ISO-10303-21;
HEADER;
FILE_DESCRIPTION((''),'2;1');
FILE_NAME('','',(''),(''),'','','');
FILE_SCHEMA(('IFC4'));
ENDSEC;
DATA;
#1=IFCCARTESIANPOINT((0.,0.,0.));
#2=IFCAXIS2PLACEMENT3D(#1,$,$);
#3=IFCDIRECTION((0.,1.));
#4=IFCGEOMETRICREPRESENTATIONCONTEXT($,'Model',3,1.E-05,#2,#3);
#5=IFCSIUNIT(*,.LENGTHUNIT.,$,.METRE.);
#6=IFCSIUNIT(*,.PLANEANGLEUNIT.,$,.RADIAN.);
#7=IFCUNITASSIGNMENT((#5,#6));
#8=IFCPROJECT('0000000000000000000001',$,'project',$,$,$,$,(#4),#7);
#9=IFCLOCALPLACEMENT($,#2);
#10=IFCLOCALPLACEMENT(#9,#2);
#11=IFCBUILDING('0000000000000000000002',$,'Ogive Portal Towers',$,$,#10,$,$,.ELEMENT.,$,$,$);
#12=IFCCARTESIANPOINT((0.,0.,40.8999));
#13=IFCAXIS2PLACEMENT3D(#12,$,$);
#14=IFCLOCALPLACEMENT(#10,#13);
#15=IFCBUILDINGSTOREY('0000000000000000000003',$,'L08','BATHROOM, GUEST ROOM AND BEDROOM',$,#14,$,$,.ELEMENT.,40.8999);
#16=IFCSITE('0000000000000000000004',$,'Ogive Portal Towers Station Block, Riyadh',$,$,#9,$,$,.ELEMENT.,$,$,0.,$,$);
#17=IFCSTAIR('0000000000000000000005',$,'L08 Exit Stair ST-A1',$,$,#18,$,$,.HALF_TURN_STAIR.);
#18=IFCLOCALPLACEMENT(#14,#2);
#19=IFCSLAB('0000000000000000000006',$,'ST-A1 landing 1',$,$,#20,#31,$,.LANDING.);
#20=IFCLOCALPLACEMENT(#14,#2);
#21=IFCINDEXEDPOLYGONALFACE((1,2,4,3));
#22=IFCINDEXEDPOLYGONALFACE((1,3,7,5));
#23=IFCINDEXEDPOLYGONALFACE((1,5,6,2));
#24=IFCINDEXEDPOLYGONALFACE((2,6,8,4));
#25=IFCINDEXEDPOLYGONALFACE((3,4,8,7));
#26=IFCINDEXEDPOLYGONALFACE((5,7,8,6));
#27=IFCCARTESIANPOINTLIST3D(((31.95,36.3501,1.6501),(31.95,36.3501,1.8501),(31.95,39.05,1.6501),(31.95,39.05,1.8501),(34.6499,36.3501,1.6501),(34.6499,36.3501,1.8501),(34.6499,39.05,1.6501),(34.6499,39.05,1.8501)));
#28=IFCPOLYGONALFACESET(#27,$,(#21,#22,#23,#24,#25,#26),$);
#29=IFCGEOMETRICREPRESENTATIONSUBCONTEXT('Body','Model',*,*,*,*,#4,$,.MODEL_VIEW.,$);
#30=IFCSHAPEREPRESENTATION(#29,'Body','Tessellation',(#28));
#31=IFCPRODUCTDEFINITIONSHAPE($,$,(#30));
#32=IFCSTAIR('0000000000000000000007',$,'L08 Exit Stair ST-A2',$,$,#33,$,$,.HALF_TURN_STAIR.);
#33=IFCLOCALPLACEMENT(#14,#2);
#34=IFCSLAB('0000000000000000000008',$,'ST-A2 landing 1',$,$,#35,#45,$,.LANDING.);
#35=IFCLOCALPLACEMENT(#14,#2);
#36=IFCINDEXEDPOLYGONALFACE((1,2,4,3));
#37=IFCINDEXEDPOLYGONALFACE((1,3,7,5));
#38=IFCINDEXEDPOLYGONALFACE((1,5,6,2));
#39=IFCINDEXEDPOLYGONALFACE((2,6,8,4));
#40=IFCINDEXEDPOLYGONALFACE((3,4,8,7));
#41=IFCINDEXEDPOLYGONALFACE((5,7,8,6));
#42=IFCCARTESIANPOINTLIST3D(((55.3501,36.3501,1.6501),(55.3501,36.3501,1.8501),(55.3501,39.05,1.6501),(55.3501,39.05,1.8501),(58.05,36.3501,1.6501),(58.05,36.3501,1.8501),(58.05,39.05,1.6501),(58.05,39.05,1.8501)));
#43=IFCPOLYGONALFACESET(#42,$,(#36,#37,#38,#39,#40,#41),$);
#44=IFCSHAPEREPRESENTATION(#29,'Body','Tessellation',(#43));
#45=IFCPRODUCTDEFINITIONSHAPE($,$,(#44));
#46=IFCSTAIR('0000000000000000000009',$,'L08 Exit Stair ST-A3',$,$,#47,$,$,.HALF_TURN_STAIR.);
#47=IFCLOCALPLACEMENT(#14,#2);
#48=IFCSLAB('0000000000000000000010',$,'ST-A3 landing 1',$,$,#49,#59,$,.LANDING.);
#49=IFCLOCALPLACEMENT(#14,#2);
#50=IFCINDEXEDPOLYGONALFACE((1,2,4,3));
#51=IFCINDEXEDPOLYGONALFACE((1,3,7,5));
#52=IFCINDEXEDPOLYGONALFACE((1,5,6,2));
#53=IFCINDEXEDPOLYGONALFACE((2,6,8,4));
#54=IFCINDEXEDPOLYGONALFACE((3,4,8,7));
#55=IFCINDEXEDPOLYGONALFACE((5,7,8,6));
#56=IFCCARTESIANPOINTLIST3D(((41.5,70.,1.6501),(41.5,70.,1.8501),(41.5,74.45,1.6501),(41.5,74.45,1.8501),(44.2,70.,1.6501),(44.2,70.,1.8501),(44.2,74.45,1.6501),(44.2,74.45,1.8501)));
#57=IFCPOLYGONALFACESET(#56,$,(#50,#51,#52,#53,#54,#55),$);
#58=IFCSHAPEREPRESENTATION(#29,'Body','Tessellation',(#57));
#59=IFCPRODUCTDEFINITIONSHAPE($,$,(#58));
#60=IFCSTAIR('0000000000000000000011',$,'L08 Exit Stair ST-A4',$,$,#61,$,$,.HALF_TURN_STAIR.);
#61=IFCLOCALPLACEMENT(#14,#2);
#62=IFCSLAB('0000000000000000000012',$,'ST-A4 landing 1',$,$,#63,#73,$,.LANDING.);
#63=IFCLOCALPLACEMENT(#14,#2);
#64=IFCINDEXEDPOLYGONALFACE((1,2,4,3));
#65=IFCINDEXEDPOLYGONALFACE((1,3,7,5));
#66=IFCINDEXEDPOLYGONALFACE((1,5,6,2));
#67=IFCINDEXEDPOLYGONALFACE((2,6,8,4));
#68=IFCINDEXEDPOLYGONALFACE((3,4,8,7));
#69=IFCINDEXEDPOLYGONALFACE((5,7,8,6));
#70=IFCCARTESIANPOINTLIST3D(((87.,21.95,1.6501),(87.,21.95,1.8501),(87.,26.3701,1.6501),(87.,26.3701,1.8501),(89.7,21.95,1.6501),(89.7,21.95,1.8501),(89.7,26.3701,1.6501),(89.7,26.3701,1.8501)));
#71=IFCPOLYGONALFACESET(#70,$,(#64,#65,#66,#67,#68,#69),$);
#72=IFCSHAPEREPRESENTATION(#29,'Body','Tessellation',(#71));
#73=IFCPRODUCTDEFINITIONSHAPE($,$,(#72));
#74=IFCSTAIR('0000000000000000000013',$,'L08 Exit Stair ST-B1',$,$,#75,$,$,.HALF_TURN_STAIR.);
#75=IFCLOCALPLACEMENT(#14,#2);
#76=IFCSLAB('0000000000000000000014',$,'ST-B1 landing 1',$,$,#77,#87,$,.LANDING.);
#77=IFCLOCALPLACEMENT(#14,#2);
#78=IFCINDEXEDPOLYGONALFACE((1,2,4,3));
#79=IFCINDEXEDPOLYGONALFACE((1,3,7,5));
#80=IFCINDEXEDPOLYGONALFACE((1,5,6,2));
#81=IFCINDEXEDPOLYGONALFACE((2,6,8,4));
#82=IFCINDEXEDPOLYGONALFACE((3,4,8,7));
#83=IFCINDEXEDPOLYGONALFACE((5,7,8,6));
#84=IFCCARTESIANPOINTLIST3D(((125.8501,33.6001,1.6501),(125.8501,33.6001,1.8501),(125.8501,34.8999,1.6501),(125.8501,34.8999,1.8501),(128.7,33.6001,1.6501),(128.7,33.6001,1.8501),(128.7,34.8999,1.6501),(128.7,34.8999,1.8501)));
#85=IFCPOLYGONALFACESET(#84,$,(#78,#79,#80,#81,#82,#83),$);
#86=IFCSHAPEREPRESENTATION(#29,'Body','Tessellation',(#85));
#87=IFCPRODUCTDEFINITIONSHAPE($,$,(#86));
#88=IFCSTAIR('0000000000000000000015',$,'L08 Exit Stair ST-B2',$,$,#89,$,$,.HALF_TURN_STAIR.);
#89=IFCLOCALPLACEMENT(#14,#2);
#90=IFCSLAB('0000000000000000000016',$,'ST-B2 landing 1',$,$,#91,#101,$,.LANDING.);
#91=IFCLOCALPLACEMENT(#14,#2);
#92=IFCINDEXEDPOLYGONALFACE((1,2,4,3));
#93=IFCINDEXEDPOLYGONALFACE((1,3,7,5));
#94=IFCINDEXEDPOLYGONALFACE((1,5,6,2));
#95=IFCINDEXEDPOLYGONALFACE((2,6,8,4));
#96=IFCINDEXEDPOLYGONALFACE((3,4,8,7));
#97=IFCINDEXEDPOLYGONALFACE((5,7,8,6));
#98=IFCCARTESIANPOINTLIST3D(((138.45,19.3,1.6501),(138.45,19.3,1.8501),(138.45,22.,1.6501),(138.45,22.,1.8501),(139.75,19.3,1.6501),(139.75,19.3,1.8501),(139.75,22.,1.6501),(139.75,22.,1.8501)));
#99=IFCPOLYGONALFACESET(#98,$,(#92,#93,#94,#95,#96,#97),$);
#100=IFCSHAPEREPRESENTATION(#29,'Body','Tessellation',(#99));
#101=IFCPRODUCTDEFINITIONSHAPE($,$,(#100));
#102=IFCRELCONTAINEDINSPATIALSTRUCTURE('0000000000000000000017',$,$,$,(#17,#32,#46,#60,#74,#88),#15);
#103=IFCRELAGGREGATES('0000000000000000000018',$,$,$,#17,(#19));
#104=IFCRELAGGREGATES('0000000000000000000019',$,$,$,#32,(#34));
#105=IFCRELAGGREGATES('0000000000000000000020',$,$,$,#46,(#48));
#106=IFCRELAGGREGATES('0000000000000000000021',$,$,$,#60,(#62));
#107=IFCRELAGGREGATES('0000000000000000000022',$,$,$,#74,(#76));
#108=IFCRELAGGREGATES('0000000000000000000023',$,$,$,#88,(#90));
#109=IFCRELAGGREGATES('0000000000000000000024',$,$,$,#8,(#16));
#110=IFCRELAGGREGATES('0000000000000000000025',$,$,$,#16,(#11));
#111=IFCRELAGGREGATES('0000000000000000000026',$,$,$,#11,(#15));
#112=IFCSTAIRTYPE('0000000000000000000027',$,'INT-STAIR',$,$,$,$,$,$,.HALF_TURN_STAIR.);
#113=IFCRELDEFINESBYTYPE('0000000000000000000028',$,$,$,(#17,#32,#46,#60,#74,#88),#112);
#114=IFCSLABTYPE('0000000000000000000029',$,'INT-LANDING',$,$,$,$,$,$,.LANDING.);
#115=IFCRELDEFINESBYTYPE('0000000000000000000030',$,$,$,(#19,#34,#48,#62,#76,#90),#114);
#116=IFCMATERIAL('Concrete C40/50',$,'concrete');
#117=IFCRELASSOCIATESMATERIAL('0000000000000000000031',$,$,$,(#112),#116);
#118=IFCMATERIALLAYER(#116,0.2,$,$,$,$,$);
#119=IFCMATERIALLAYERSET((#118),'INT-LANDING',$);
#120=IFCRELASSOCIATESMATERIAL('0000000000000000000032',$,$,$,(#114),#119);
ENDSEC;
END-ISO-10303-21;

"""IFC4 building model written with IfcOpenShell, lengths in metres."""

from ifc_helpers import new_model, si_unit, direction, frame, origin, place, context, subcontext, project, spatial, polyline, outline, extrude, material, layer, layer_set, type_object, element, aggregate, save


model = new_model("IFC4")

# Units and contexts
model_context = context("Model", 3, precision=1e-05, world=origin(), true_north=direction((0.0, 1.0)))
body_context = subcontext(model_context, "Body", "Model", "MODEL_VIEW")
ifc_project = project(units=[si_unit("LENGTHUNIT", "METRE"), si_unit("PLANEANGLEUNIT", "RADIAN")], contexts=[model_context])

# Site, building, storey
site_placement = place(None, origin())
site = spatial("IfcSite", under=ifc_project, at=site_placement, Name="Ogive Portal Towers Station Block, Riyadh", CompositionType="ELEMENT", RefElevation=0.0)
building_placement = place(site_placement, origin())
building = spatial("IfcBuilding", under=site, at=building_placement, Name="Ogive Portal Towers", CompositionType="ELEMENT")
storey_placement = place(building_placement, frame((0.0, 0.0, 40.8999)))
storey = spatial("IfcBuildingStorey", under=building, at=storey_placement, Name="L08", Description="BATHROOM, GUEST ROOM AND BEDROOM", CompositionType="ELEMENT", Elevation=40.8999)

# Stairs, slabs
ifc_material_1 = material(Name="Concrete C40/50", Category="concrete")
stair_type = type_object("IfcStairType", Name="INT-STAIR", PredefinedType="HALF_TURN_STAIR", material=ifc_material_1)
stair_1_placement = place(storey_placement, origin())
stair_1 = element("IfcStair", 1, at=stair_1_placement, inside=storey, type_object=stair_type, Name="L08 Exit Stair ST-A1", PredefinedType="HALF_TURN_STAIR")
ifc_layer_1 = layer(ifc_material_1, 0.2)
ifc_layer_set_1 = layer_set([ifc_layer_1], Name="INT-LANDING")
slab_type_1 = type_object("IfcSlabType", Name="INT-LANDING", PredefinedType="LANDING", material=ifc_layer_set_1)
slab_1_placement = place(storey_placement, frame((0.0, 0.0, 1.6501)))
slab_1 = element("IfcSlab", 2, at=slab_1_placement, type_object=slab_type_1, Name="ST-A1 landing 1", PredefinedType="LANDING", context=body_context, shape_type="SweptSolid", body=[
    extrude(outline(polyline([(34.6499, 39.05), (31.95, 39.05), (31.95, 36.3501), (34.6499, 36.3501), (34.6499, 39.05)])), origin(), (0.0, 0.0, 1.0), 0.2),
])
aggregate(stair_1, [slab_1])
stair_2_placement = place(storey_placement, origin())
stair_2 = element("IfcStair", 3, at=stair_2_placement, inside=storey, type_object=stair_type, Name="L08 Exit Stair ST-A2", PredefinedType="HALF_TURN_STAIR")
slab_2_placement = place(storey_placement, frame((0.0, 0.0, 1.6501)))
slab_2 = element("IfcSlab", 4, at=slab_2_placement, type_object=slab_type_1, Name="ST-A2 landing 1", PredefinedType="LANDING", context=body_context, shape_type="SweptSolid", body=[
    extrude(outline(polyline([(55.3501, 36.3501), (58.05, 36.3501), (58.05, 39.05), (55.3501, 39.05), (55.3501, 36.3501)])), origin(), (0.0, 0.0, 1.0), 0.2),
])
aggregate(stair_2, [slab_2])
stair_3_placement = place(storey_placement, origin())
stair_3 = element("IfcStair", 5, at=stair_3_placement, inside=storey, type_object=stair_type, Name="L08 Exit Stair ST-A3", PredefinedType="HALF_TURN_STAIR")
slab_3_placement = place(storey_placement, frame((0.0, 0.0, 1.6501)))
slab_3 = element("IfcSlab", 6, at=slab_3_placement, type_object=slab_type_1, Name="ST-A3 landing 1", PredefinedType="LANDING", context=body_context, shape_type="SweptSolid", body=[
    extrude(outline(polyline([(44.2, 70.0), (44.2, 74.45), (41.5, 74.45), (41.5, 70.0), (44.2, 70.0)])), origin(), (0.0, 0.0, 1.0), 0.2),
])
aggregate(stair_3, [slab_3])
stair_4_placement = place(storey_placement, origin())
stair_4 = element("IfcStair", 7, at=stair_4_placement, inside=storey, type_object=stair_type, Name="L08 Exit Stair ST-A4", PredefinedType="HALF_TURN_STAIR")
slab_4_placement = place(storey_placement, frame((0.0, 0.0, 1.6501)))
slab_4 = element("IfcSlab", 8, at=slab_4_placement, type_object=slab_type_1, Name="ST-A4 landing 1", PredefinedType="LANDING", context=body_context, shape_type="SweptSolid", body=[
    extrude(outline(polyline([(87.0, 26.3701), (87.0, 21.95), (89.7, 21.95), (89.7, 26.3701), (87.0, 26.3701)])), origin(), (0.0, 0.0, 1.0), 0.2),
])
aggregate(stair_4, [slab_4])
stair_5_placement = place(storey_placement, origin())
stair_5 = element("IfcStair", 9, at=stair_5_placement, inside=storey, type_object=stair_type, Name="L08 Exit Stair ST-B1", PredefinedType="HALF_TURN_STAIR")
slab_5_placement = place(storey_placement, frame((0.0, 0.0, 1.6501)))
slab_5 = element("IfcSlab", 10, at=slab_5_placement, type_object=slab_type_1, Name="ST-B1 landing 1", PredefinedType="LANDING", context=body_context, shape_type="SweptSolid", body=[
    extrude(outline(polyline([(128.7, 33.6001), (128.7, 34.8999), (125.8501, 34.8999), (125.8501, 33.6001), (128.7, 33.6001)])), origin(), (0.0, 0.0, 1.0), 0.2),
])
aggregate(stair_5, [slab_5])
stair_6_placement = place(storey_placement, origin())
stair_6 = element("IfcStair", 11, at=stair_6_placement, inside=storey, type_object=stair_type, Name="L08 Exit Stair ST-B2", PredefinedType="HALF_TURN_STAIR")
slab_6_placement = place(storey_placement, frame((0.0, 0.0, 1.6501)))
slab_6 = element("IfcSlab", 12, at=slab_6_placement, type_object=slab_type_1, Name="ST-B2 landing 1", PredefinedType="LANDING", context=body_context, shape_type="SweptSolid", body=[
    extrude(outline(polyline([(139.75, 22.0), (138.45, 22.0), (138.45, 19.3), (139.75, 19.3), (139.75, 22.0)])), origin(), (0.0, 0.0, 1.0), 0.2),
])
aggregate(stair_6, [slab_6])

save(model, "model.ifc")
